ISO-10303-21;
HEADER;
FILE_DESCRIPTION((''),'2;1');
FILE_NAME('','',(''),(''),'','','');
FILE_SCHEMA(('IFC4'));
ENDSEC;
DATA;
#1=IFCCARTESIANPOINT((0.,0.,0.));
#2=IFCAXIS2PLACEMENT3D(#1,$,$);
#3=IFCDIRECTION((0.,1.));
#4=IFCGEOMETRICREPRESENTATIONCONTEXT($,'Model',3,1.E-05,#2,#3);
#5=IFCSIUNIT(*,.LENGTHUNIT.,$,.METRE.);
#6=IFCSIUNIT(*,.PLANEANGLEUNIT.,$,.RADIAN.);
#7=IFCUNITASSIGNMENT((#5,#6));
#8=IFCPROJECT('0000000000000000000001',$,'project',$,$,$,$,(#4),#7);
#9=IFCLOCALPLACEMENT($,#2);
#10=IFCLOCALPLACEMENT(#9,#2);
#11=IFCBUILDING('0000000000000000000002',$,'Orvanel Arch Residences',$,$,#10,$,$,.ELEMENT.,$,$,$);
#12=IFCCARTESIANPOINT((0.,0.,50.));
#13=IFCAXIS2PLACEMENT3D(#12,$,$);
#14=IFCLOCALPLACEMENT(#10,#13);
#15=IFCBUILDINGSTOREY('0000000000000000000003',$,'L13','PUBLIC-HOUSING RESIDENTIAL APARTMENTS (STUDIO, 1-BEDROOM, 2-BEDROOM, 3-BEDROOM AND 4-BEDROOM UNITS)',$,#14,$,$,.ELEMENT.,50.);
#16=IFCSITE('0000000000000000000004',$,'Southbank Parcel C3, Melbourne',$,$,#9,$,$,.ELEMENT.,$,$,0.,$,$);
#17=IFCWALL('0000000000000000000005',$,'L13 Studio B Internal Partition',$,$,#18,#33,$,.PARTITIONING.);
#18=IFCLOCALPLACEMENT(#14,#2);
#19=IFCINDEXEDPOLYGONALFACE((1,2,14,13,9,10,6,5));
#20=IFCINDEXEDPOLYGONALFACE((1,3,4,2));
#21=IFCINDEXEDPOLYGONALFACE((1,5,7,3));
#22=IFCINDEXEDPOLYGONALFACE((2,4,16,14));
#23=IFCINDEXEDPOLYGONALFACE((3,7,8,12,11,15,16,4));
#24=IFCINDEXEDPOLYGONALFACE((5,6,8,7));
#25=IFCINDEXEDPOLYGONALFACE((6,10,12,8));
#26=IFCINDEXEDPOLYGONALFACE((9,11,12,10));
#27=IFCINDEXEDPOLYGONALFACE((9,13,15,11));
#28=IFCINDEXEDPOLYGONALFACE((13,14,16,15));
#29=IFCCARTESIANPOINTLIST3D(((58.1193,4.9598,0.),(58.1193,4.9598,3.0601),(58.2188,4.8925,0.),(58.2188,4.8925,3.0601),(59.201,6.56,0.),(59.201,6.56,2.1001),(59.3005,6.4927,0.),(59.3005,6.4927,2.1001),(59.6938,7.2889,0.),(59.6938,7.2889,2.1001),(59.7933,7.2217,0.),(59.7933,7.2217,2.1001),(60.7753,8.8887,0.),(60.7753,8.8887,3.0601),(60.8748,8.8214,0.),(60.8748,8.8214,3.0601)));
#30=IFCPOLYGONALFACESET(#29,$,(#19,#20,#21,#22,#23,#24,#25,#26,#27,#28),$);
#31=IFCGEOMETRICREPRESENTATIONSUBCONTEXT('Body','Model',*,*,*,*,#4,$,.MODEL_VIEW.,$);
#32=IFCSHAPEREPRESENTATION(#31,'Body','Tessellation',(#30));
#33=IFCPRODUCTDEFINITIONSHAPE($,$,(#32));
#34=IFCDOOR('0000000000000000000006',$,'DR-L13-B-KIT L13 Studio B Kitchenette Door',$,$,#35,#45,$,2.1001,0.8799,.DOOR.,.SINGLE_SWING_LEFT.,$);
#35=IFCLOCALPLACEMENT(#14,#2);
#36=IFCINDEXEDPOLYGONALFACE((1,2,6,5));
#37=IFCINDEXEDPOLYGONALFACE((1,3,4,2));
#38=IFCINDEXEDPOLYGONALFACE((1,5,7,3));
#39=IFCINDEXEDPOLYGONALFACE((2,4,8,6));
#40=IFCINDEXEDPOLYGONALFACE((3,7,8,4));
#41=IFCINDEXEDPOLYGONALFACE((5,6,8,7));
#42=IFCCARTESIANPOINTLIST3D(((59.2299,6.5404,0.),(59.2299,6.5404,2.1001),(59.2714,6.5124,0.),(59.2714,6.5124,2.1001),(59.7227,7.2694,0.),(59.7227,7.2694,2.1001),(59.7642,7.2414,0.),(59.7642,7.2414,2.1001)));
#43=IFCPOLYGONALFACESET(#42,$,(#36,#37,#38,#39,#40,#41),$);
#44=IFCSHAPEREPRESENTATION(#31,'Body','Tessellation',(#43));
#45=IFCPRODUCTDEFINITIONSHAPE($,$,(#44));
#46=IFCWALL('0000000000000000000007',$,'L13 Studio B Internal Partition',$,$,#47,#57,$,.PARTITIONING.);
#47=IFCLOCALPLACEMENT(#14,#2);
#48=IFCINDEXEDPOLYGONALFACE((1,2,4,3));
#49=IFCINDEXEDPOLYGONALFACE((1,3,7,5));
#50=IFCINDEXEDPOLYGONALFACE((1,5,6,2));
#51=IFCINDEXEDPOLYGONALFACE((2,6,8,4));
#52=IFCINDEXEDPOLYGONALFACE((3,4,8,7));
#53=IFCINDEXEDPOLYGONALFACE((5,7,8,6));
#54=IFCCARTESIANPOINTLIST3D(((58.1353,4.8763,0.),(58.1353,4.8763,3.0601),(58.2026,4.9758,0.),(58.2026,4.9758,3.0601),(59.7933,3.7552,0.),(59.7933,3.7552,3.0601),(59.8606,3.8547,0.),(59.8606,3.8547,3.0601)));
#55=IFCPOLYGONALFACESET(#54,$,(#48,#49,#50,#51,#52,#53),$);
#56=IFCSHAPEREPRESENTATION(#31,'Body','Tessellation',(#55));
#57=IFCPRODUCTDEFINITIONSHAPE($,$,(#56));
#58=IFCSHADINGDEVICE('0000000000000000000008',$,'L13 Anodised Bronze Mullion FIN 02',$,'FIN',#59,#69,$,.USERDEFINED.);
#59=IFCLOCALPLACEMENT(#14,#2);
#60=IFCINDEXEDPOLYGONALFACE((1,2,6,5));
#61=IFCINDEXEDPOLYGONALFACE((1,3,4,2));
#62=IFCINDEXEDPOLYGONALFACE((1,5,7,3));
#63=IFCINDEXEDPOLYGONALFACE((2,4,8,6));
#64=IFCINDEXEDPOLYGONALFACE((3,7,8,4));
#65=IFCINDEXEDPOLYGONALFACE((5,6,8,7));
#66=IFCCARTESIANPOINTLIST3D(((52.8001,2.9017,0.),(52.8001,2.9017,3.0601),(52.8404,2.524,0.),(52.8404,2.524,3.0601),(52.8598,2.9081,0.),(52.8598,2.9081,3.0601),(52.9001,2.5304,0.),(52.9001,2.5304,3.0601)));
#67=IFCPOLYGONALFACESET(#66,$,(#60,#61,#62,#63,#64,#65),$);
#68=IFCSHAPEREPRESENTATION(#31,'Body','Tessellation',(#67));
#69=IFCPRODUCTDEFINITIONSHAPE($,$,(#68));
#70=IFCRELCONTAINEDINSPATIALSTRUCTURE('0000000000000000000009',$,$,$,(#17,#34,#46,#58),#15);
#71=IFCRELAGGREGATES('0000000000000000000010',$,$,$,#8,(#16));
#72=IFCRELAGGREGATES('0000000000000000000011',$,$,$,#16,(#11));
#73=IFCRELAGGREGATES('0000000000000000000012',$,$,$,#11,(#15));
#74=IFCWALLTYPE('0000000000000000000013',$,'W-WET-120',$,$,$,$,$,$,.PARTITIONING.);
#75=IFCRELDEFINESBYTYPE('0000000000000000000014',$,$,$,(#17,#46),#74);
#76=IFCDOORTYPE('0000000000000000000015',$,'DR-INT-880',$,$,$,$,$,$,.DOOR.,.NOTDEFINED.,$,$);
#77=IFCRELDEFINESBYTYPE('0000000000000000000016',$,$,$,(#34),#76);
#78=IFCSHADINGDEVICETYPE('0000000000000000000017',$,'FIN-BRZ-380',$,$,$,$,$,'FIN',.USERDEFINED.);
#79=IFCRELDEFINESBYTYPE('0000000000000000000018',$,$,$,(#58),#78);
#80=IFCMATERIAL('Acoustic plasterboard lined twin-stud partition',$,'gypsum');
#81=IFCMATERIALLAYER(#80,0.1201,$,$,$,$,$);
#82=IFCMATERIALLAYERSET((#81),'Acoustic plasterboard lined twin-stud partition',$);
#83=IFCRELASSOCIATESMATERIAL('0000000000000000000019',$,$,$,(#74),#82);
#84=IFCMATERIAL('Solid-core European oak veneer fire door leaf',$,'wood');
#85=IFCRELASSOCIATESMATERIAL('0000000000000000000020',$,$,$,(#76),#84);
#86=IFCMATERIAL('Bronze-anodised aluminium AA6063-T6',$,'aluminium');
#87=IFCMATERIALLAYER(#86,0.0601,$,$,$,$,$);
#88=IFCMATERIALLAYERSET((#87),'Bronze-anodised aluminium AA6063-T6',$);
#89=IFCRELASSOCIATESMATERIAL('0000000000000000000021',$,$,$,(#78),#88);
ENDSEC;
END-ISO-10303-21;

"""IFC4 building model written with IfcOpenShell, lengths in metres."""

from ifc_helpers import new_model, si_unit, direction, frame, frame_2d, origin, origin_2d, place, context, subcontext, project, spatial, rectangle, extrude, material, layer, layer_set, type_object, element, fill, save


model = new_model("IFC4")

# Units and contexts
model_context = context("Model", 3, precision=1e-05, world=origin(), true_north=direction((0.0, 1.0)))
body_context = subcontext(model_context, "Body", "Model", "MODEL_VIEW")
ifc_project = project(units=[si_unit("LENGTHUNIT", "METRE"), si_unit("PLANEANGLEUNIT", "RADIAN")], contexts=[model_context])

# Site, building, storey
site_placement = place(None, origin())
site = spatial("IfcSite", under=ifc_project, at=site_placement, Name="Southbank Parcel C3, Melbourne", CompositionType="ELEMENT", RefElevation=0.0)
building_placement = place(site_placement, origin())
building = spatial("IfcBuilding", under=site, at=building_placement, Name="Orvanel Arch Residences", CompositionType="ELEMENT")
storey_placement = place(building_placement, frame((0.0, 0.0, 50.0)))
storey = spatial("IfcBuildingStorey", under=building, at=storey_placement, Name="L13", Description="PUBLIC-HOUSING RESIDENTIAL APARTMENTS (STUDIO, 1-BEDROOM, 2-BEDROOM, 3-BEDROOM AND 4-BEDROOM UNITS)", CompositionType="ELEMENT", Elevation=50.0)

# Shared definitions
ifc_material_1 = material(Name="Bronze-anodised aluminium AA6063-T6", Category="aluminium")

# Shared definitions
ifc_material_2 = material(Name="Acoustic plasterboard lined twin-stud partition", Category="gypsum")

# Wall, opening, door
ifc_layer_1 = layer(ifc_material_2, 0.1201)
ifc_layer_set_1 = layer_set([ifc_layer_1], Name="Acoustic plasterboard lined twin-stud partition")
wall_type_1 = type_object("IfcWallType", Name="W-WET-120", PredefinedType="PARTITIONING", material=ifc_layer_set_1)
wall_1_placement = place(storey_placement, frame((60.825, 8.855, 0.0), z_axis=(0.0, 0.0, 1.0), x_axis=(-0.560047, -0.828461, 0.0)))
wall_1 = element("IfcWall", 1, at=wall_1_placement, inside=storey, type_object=wall_type_1, Name="L13 Studio B Internal Partition", PredefinedType="PARTITIONING", context=body_context, shape_type="SweptSolid", body=[
    extrude(rectangle(XDim=4.7424, YDim=0.1201, at=frame_2d((2.3711, 0.0))), origin(), (0.0, 0.0, 1.0), 3.0601),
])
opening_placement = place(wall_1_placement, frame((1.9309, 0.0, 0.0)))
opening = element("IfcOpeningElement", 2, at=opening_placement, cuts=wall_1, PredefinedType="OPENING", context=body_context, shape_type="SweptSolid", body=[
    extrude(rectangle(XDim=0.8799, YDim=2.1001, at=frame_2d((0.4399, 1.05))), frame((0.0, 0.0701, 0.0), z_axis=(0.0, -1.0, 0.0), x_axis=(1.0, 0.0, 0.0)), (0.0, 0.0, 1.0), 0.1401),
])
ifc_material_3 = material(Name="Solid-core European oak veneer fire door leaf", Category="wood")
door_type = type_object("IfcDoorType", Name="DR-INT-880", OperationType="NOTDEFINED", PredefinedType="DOOR", material=ifc_material_3)
door_placement = place(opening_placement, origin())
door = element("IfcDoor", 3, at=door_placement, inside=storey, type_object=door_type, Name="DR-L13-B-KIT L13 Studio B Kitchenette Door", OperationType="SINGLE_SWING_LEFT", OverallHeight=2.1001, OverallWidth=0.8799, PredefinedType="DOOR", context=body_context, shape_type="SweptSolid", body=[
    extrude(rectangle(XDim=0.8799, YDim=2.1001, at=frame_2d((0.4399, 1.05))), frame((0.0, 0.0249, 0.0), z_axis=(0.0, -1.0, 0.0), x_axis=(1.0, 0.0, 0.0)), (0.0, 0.0, 1.0), 0.05),
])
fill(opening, door)

# Wall
wall_2_placement = place(storey_placement, frame((58.1689, 4.926, 0.0), z_axis=(0.0, 0.0, 1.0), x_axis=(0.828392, -0.560149, 0.0)))
element("IfcWall", 4, at=wall_2_placement, inside=storey, type_object=wall_type_1, Name="L13 Studio B Internal Partition", PredefinedType="PARTITIONING", context=body_context, shape_type="SweptSolid", body=[
    extrude(rectangle(XDim=2.0015, YDim=0.1201, at=frame_2d((1.0007, 0.0))), origin(), (0.0, 0.0, 1.0), 3.0601),
])

# Shading device
ifc_layer_2 = layer(ifc_material_1, 0.0601)
ifc_layer_set_2 = layer_set([ifc_layer_2], Name="Bronze-anodised aluminium AA6063-T6")
shading_device_type = type_object("IfcShadingDeviceType", Name="FIN-BRZ-380", ElementType="FIN", PredefinedType="USERDEFINED", material=ifc_layer_set_2)
shading_device_placement = place(storey_placement, frame((52.8501, 2.7161, 0.0), z_axis=(0.0, 0.0, 1.0), x_axis=(0.106264, -0.994338, 0.0)))
element("IfcShadingDevice", 5, at=shading_device_placement, inside=storey, type_object=shading_device_type, Name="L13 Anodised Bronze Mullion FIN 02", ObjectType="FIN", PredefinedType="USERDEFINED", context=body_context, shape_type="SweptSolid", body=[
    extrude(rectangle(XDim=0.3799, YDim=0.0601, at=origin_2d()), origin(), (0.0, 0.0, 1.0), 3.0601),
])

save(model, "model.ifc")
